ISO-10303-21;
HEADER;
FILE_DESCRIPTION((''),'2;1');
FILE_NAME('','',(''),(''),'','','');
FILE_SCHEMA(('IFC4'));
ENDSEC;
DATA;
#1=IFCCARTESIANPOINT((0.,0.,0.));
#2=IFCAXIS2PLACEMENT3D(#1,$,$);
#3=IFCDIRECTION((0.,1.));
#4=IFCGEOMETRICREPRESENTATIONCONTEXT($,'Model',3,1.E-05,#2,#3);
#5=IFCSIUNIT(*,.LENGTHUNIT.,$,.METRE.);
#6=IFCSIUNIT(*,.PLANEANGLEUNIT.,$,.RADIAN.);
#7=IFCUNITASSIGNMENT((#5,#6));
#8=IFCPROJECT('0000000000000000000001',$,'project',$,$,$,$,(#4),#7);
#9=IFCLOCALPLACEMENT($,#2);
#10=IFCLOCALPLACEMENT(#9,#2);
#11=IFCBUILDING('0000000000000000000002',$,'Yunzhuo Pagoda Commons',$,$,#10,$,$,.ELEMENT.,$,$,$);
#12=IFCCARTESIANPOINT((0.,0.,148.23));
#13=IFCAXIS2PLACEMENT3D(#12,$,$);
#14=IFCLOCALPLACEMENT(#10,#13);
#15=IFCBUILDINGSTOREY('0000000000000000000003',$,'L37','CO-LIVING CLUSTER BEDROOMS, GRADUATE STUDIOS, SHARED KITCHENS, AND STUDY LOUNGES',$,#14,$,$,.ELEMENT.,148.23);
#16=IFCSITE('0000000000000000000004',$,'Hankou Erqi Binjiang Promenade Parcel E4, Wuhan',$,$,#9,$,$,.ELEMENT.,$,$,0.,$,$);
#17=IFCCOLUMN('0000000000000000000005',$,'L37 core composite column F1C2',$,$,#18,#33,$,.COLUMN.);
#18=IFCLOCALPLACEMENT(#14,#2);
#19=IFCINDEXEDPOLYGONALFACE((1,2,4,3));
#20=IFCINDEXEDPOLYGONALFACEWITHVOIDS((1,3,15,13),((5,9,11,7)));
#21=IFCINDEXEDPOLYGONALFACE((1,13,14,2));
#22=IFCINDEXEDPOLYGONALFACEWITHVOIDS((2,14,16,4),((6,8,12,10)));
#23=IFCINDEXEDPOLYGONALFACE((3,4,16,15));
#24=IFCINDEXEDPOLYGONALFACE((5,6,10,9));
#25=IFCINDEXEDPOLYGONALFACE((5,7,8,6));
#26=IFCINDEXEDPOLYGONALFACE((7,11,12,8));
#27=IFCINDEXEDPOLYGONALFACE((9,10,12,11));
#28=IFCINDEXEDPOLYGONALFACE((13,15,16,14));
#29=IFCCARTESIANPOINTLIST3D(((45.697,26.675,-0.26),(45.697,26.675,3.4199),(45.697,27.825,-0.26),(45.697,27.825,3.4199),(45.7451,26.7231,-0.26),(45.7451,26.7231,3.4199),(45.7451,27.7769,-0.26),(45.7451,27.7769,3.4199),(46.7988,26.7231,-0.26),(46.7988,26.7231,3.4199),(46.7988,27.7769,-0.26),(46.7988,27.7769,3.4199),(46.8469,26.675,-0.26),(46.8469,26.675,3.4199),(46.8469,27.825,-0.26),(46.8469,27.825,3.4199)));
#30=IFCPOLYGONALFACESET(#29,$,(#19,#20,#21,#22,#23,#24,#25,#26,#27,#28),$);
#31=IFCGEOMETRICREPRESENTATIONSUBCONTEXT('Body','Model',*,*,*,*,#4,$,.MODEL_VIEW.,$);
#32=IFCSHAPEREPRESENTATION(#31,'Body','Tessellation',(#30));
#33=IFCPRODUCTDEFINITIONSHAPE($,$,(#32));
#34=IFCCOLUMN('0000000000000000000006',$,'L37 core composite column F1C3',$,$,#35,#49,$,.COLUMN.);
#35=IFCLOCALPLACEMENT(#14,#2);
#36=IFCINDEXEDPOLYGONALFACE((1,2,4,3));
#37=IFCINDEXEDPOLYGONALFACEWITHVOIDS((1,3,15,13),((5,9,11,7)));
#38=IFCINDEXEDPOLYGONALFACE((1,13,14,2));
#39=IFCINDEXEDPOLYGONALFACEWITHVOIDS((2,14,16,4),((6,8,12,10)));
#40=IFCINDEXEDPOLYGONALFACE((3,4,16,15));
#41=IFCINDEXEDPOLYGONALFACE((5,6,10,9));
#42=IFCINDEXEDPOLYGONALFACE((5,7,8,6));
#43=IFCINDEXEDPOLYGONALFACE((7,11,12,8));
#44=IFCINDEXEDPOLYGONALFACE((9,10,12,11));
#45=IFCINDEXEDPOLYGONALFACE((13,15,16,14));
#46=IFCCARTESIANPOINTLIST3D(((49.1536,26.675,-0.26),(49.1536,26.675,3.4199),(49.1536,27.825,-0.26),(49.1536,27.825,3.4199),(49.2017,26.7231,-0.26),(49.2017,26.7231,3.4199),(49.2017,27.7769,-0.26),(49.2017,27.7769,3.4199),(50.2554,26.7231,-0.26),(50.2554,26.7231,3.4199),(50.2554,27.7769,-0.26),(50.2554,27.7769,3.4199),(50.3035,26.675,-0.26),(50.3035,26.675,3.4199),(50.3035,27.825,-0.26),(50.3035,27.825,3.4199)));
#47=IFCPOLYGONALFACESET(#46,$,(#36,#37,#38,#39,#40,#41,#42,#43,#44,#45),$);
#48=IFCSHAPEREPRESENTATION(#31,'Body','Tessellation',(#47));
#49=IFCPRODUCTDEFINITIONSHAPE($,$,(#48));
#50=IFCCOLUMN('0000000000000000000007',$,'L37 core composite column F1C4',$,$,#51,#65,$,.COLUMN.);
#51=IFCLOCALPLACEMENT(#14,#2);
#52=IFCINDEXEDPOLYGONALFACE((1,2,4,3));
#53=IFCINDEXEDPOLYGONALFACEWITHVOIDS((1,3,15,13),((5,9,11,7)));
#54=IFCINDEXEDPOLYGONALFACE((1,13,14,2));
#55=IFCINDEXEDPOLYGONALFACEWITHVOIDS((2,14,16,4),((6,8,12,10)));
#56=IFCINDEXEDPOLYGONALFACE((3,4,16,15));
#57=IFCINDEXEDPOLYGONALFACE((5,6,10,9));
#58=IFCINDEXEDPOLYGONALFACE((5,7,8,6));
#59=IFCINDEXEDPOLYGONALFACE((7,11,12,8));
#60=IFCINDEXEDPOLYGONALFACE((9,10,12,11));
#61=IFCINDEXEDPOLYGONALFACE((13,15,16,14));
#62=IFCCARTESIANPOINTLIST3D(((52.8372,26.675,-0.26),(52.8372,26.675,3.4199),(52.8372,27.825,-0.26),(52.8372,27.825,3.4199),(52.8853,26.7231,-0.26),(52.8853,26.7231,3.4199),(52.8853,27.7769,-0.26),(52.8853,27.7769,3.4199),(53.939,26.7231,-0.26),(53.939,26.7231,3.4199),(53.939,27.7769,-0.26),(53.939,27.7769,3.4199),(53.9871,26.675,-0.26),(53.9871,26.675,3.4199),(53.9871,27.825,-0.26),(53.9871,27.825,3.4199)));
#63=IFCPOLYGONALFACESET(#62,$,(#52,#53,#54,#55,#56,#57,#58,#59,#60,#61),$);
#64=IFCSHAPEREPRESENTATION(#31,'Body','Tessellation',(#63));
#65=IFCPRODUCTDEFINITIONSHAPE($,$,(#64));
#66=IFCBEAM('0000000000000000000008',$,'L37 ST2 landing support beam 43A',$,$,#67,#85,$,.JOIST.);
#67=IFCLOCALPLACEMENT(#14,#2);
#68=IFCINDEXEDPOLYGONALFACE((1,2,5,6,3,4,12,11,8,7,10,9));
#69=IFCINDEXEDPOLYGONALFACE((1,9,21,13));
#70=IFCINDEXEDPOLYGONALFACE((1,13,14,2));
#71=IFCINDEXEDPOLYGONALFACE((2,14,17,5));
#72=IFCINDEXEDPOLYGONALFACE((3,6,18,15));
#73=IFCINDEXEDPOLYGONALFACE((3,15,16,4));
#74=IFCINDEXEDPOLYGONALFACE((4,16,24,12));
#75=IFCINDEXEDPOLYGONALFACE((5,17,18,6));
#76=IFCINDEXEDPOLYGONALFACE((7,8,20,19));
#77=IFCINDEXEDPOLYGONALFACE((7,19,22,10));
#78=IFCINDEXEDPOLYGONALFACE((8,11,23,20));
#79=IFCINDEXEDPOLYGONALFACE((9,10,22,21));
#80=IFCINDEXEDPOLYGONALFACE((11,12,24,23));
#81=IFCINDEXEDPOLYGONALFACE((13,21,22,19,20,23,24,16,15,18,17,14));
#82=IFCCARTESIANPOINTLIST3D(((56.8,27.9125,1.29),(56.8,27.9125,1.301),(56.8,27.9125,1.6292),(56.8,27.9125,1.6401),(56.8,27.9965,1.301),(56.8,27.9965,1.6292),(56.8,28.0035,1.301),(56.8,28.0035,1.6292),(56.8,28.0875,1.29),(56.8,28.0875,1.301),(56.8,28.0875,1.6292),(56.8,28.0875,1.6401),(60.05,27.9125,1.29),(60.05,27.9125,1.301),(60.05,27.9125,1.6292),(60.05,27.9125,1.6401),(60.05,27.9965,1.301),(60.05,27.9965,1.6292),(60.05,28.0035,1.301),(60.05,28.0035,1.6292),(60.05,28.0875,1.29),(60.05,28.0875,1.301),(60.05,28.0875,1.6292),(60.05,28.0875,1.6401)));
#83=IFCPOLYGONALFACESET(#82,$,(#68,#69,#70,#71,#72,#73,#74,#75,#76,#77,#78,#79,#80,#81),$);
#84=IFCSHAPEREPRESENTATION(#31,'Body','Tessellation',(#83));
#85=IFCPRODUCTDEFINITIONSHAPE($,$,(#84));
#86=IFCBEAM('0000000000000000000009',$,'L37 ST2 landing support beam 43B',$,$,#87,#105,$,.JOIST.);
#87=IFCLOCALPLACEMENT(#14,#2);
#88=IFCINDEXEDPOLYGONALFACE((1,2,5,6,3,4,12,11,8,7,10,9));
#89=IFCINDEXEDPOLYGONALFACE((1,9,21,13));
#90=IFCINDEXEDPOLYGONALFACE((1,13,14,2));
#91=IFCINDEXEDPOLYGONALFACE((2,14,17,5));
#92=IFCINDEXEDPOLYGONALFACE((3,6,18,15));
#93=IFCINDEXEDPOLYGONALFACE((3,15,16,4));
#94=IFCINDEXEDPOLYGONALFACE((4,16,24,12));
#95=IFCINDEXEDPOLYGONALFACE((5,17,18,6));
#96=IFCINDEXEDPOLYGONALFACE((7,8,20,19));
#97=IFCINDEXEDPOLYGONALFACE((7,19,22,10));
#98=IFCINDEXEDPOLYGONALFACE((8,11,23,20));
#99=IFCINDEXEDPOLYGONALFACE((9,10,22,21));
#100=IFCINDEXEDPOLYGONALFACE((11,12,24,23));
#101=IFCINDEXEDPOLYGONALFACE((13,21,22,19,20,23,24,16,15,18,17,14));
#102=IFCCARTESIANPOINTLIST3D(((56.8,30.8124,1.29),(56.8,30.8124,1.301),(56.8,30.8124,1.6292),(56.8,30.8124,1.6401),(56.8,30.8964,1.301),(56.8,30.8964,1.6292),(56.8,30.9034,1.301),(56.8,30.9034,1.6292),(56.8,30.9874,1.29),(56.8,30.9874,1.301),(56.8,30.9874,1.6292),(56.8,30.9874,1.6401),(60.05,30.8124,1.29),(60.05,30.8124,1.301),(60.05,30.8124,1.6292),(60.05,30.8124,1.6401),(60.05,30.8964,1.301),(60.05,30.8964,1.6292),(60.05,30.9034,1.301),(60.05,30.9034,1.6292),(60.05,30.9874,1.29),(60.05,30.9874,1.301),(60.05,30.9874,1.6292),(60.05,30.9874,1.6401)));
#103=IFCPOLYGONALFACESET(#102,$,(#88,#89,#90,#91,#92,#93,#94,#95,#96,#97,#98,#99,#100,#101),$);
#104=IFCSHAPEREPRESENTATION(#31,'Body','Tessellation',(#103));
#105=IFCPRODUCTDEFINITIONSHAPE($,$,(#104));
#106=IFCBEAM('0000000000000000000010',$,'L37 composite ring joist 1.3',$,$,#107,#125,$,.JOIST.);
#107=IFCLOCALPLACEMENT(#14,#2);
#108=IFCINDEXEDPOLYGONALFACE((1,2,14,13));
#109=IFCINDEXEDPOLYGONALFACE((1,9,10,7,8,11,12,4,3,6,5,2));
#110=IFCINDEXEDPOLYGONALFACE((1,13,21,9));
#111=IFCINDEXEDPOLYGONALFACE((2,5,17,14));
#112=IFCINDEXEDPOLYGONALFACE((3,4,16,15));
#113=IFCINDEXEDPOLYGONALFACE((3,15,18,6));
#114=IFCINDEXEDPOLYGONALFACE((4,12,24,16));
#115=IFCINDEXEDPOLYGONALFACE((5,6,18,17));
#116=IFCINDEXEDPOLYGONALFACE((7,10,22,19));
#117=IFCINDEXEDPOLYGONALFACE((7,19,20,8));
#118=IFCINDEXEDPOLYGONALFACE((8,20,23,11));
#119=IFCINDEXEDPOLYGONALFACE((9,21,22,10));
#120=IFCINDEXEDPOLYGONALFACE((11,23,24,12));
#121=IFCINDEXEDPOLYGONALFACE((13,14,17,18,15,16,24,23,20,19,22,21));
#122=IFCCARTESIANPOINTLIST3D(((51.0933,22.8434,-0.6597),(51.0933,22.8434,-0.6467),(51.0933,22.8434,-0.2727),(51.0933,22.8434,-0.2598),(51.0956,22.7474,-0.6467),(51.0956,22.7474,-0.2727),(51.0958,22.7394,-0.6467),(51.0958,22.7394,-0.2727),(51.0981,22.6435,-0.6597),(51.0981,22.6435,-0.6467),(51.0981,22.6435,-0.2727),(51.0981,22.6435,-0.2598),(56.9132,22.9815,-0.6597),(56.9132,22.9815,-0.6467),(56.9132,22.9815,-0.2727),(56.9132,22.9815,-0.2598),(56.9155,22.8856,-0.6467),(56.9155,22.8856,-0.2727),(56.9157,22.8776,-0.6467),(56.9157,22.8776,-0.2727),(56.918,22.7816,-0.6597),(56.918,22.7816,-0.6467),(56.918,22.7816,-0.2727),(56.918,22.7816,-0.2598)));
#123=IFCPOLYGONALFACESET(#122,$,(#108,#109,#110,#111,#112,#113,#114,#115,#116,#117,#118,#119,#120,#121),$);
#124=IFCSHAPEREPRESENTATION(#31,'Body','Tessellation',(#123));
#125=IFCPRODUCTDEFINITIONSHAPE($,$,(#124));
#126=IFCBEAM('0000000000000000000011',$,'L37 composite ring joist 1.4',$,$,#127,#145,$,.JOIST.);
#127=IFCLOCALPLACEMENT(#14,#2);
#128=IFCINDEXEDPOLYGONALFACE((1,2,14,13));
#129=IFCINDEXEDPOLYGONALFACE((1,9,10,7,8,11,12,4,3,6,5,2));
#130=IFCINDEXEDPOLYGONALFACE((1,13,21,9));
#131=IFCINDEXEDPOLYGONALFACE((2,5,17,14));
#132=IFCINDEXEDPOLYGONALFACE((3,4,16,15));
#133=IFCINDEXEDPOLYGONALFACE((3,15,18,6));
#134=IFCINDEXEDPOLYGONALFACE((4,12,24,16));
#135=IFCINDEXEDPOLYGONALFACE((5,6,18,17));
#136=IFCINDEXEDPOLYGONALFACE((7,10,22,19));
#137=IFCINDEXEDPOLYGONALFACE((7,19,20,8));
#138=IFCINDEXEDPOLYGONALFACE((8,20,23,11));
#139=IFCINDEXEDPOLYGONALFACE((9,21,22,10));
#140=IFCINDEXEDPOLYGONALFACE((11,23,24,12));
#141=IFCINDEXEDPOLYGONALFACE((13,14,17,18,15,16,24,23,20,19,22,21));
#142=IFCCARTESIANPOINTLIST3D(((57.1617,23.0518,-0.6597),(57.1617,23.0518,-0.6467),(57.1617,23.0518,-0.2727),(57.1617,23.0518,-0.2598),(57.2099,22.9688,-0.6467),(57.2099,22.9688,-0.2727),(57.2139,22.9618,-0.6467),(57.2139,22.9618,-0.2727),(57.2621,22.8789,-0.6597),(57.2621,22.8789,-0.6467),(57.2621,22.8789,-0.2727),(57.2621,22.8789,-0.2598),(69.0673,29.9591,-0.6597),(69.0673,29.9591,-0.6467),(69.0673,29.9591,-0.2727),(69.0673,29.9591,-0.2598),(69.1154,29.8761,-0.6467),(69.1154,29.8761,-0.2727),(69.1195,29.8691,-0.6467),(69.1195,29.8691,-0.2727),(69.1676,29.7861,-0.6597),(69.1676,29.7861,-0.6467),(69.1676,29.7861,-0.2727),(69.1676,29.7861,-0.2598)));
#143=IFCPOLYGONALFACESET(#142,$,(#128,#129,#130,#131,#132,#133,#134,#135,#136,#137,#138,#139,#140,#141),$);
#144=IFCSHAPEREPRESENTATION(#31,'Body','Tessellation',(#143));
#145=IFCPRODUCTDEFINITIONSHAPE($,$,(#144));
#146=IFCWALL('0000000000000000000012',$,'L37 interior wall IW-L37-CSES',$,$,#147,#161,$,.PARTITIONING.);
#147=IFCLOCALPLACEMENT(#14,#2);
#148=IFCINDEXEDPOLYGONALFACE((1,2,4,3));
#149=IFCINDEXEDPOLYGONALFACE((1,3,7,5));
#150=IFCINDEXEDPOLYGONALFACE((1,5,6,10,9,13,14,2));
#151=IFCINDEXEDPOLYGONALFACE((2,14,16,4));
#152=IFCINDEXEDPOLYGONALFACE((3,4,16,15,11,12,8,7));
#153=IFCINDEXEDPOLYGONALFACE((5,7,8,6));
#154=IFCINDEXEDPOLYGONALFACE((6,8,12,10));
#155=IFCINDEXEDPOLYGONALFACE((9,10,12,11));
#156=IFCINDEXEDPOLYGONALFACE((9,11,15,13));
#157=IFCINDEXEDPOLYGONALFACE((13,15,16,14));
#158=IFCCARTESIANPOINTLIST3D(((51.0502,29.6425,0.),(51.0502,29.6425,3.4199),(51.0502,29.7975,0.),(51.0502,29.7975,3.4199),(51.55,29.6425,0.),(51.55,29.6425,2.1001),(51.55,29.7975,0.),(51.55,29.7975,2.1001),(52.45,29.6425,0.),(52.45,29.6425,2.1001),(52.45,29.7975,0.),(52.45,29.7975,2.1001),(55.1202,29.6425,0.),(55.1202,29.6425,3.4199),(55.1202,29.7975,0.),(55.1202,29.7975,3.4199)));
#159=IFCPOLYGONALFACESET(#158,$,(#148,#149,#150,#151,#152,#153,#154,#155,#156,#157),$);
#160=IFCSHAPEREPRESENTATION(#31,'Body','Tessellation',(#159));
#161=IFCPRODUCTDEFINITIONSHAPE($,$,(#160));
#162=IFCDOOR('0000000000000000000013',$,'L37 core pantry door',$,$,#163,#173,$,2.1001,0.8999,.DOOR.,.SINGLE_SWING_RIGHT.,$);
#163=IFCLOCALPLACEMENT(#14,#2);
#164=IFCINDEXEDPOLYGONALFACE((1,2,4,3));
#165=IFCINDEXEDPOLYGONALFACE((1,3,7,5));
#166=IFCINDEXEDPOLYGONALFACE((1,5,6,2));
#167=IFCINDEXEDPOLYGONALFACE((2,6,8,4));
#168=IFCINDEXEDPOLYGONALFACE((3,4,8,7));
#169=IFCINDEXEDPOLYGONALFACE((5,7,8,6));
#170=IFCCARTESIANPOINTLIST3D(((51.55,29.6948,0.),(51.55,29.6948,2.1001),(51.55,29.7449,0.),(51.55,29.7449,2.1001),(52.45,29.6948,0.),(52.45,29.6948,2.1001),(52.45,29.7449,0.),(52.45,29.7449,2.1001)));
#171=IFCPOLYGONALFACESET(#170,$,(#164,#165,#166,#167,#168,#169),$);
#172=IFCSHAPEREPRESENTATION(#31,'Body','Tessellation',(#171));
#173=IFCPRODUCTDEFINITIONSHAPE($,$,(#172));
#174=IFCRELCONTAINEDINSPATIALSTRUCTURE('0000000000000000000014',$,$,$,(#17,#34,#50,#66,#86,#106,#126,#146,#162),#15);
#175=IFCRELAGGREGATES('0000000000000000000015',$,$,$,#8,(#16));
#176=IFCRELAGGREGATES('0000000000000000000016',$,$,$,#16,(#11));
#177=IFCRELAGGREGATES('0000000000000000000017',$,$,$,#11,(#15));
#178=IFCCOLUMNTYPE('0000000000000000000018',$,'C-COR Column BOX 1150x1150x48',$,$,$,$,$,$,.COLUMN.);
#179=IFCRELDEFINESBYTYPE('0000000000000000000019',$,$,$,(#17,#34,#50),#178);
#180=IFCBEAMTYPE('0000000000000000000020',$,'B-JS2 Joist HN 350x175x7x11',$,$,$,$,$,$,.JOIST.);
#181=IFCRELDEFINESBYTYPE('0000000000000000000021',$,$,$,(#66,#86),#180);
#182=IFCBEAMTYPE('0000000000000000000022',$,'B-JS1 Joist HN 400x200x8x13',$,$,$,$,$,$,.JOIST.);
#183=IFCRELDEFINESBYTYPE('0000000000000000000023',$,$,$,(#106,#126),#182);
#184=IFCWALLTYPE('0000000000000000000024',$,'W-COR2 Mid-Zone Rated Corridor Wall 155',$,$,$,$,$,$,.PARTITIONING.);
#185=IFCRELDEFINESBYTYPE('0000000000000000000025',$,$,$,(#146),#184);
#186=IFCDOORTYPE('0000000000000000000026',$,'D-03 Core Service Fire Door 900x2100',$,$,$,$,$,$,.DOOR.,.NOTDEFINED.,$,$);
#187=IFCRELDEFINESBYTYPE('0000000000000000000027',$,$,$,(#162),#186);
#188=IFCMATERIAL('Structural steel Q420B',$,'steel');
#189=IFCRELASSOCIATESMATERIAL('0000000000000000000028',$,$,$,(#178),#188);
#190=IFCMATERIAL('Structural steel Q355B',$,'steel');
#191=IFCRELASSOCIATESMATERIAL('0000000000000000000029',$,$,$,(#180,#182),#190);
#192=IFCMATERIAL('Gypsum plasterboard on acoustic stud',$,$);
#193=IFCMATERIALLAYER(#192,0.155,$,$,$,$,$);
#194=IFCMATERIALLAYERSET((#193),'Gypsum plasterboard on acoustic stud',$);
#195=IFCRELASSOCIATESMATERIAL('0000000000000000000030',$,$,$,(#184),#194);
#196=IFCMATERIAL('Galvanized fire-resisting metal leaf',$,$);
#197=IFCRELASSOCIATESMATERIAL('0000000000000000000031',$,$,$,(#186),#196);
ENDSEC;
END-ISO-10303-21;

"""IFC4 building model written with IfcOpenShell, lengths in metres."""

from ifc_helpers import new_model, si_unit, direction, frame, frame_2d, origin, origin_with_axes, origin_2d, place, context, subcontext, project, spatial, rectangle, hollow_rectangle, i_section, extrude, source, transform, mapped, material, layer, layer_set, material_profile, profile_set, type_object, element, fill, save


model = new_model("IFC4")

# Units and contexts
model_context = context("Model", 3, precision=1e-05, world=origin(), true_north=direction((0.0, 1.0)))
body_context = subcontext(model_context, "Body", "Model", "MODEL_VIEW")
ifc_project = project(units=[si_unit("LENGTHUNIT", "METRE"), si_unit("PLANEANGLEUNIT", "RADIAN")], contexts=[model_context])

# Site, building, storey
site_placement = place(None, origin())
site = spatial("IfcSite", under=ifc_project, at=site_placement, Name="Hankou Erqi Binjiang Promenade Parcel E4, Wuhan", CompositionType="ELEMENT", RefElevation=0.0)
building_placement = place(site_placement, origin())
building = spatial("IfcBuilding", under=site, at=building_placement, Name="Yunzhuo Pagoda Commons", CompositionType="ELEMENT")
storey_placement = place(building_placement, frame((0.0, 0.0, 148.23)))
storey = spatial("IfcBuildingStorey", under=building, at=storey_placement, Name="L37", Description="CO-LIVING CLUSTER BEDROOMS, GRADUATE STUDIOS, SHARED KITCHENS, AND STUDY LOUNGES", CompositionType="ELEMENT", Elevation=148.23)

# Columns
ifc_material_1 = material(Name="Structural steel Q420B", Category="steel")
ifc_material_profile_1 = material_profile(ifc_material_1, hollow_rectangle(XDim=1.1499, YDim=1.1499, WallThickness=0.0481, at=origin_2d()), Name="Structural steel Q420B")
ifc_profile_set_1 = profile_set([ifc_material_profile_1], Name="Structural steel Q420B")
column_type = type_object("IfcColumnType", Name="C-COR Column BOX 1150x1150x48", PredefinedType="COLUMN", material=ifc_profile_set_1)
shared_shape_1 = source(origin(), body_context, "Body", "SweptSolid", [
    extrude(hollow_rectangle(XDim=1.1499, YDim=1.1499, WallThickness=0.0481, at=origin_2d()), origin(), (0.0, 0.0, 1.0), 3.6799),
])
for number, where, z_axis, x_axis, name in (
    (1, (46.272, 27.25, -0.26), (0.0, 0.0, 1.0), (1.0, 0.0, 0.0), "L37 core composite column F1C2"),
    (2, (49.7285, 27.25, -0.26), (0.0, 0.0, 1.0), (1.0, 0.0, 0.0), "L37 core composite column F1C3"),
    (3, (53.4121, 27.25, -0.26), (0.0, 0.0, 1.0), (1.0, 0.0, 0.0), "L37 core composite column F1C4"),
):
    element("IfcColumn", number, at=place(storey_placement, frame(where, z_axis=z_axis, x_axis=x_axis)), inside=storey, type_object=column_type, Name=name, PredefinedType="COLUMN", context=body_context, shape_type="MappedRepresentation", body=[
        mapped(shared_shape_1, transform((0.0, 0.0, 0.0), scale=1.0)),
    ])

# Beams
ifc_material_2 = material(Name="Structural steel Q355B", Category="steel")
ifc_material_profile_2 = material_profile(ifc_material_2, i_section(OverallWidth=0.175, OverallDepth=0.3501, WebThickness=0.0071, FlangeThickness=0.011, at=origin_2d()), Name="Structural steel Q355B")
ifc_profile_set_2 = profile_set([ifc_material_profile_2], Name="Structural steel Q355B")
beam_type_1 = type_object("IfcBeamType", Name="B-JS2 Joist HN 350x175x7x11", PredefinedType="JOIST", material=ifc_profile_set_2)
shared_shape_2 = source(origin(), body_context, "Body", "SweptSolid", [
    extrude(i_section(OverallWidth=0.175, OverallDepth=0.3501, WebThickness=0.0071, FlangeThickness=0.011, at=origin_2d()), origin(), (0.0, 0.0, 1.0), 3.25),
])
for number, where, z_axis, x_axis, name in (
    (4, (56.8, 28.0, 1.4651), (1.0, 0.0, 0.0), (0.0, 1.0, 0.0), "L37 ST2 landing support beam 43A"),
    (5, (56.8, 30.8999, 1.4651), (1.0, 0.0, 0.0), (0.0, 1.0, 0.0), "L37 ST2 landing support beam 43B"),
):
    element("IfcBeam", number, at=place(storey_placement, frame(where, z_axis=z_axis, x_axis=x_axis)), inside=storey, type_object=beam_type_1, Name=name, PredefinedType="JOIST", context=body_context, shape_type="MappedRepresentation", body=[
        mapped(shared_shape_2, transform((0.0, 0.0, 0.0), scale=1.0)),
    ])
ifc_material_profile_3 = material_profile(ifc_material_2, i_section(OverallWidth=0.2, OverallDepth=0.3999, WebThickness=0.0081, FlangeThickness=0.0129, at=origin_2d()), Name="Structural steel Q355B")
ifc_profile_set_3 = profile_set([ifc_material_profile_3], Name="Structural steel Q355B")
beam_type_2 = type_object("IfcBeamType", Name="B-JS1 Joist HN 400x200x8x13", PredefinedType="JOIST", material=ifc_profile_set_3)
shared_shape_3 = source(origin(), body_context, "Body", "SweptSolid", [
    extrude(i_section(OverallWidth=0.2, OverallDepth=0.3999, WebThickness=0.0081, FlangeThickness=0.0129, at=origin_2d()), origin(), (0.0, 0.0, 1.0), 5.8215),
])
beam_1_placement = place(storey_placement, frame((51.0957, 22.7434, -0.4597), z_axis=(0.999718, 0.023737, 0.0), x_axis=(-0.023737, 0.999718, 0.0)))
element("IfcBeam", 6, at=beam_1_placement, inside=storey, type_object=beam_type_2, Name="L37 composite ring joist 1.3", PredefinedType="JOIST", context=body_context, shape_type="MappedRepresentation", body=[
    mapped(shared_shape_3, transform((0.0, 0.0, 0.0), scale=1.0)),
])
shared_shape_4 = source(origin(), body_context, "Body", "SweptSolid", [
    extrude(i_section(OverallWidth=0.2, OverallDepth=0.3999, WebThickness=0.0081, FlangeThickness=0.0129, at=origin_2d()), origin(), (0.0, 0.0, 1.0), 13.7642),
])
beam_2_placement = place(storey_placement, frame((57.2119, 22.9653, -0.4597), z_axis=(0.864967, 0.501828, 0.0), x_axis=(-0.501828, 0.864967, 0.0)))
element("IfcBeam", 7, at=beam_2_placement, inside=storey, type_object=beam_type_2, Name="L37 composite ring joist 1.4", PredefinedType="JOIST", context=body_context, shape_type="MappedRepresentation", body=[
    mapped(shared_shape_4, transform((0.0, 0.0, 0.0), scale=1.0)),
])

# Wall, opening, door
ifc_material_3 = material(Name="Gypsum plasterboard on acoustic stud")
ifc_layer_1 = layer(ifc_material_3, 0.155)
ifc_layer_set_1 = layer_set([ifc_layer_1], Name="Gypsum plasterboard on acoustic stud")
wall_type_1 = type_object("IfcWallType", Name="W-COR2 Mid-Zone Rated Corridor Wall 155", PredefinedType="PARTITIONING", material=ifc_layer_set_1)
wall_1_placement = place(storey_placement, frame((51.05, 29.72, 0.0), z_axis=(0.0, 0.0, 1.0), x_axis=(1.0, 0.0, 0.0)))
wall_1 = element("IfcWall", 8, at=wall_1_placement, inside=storey, type_object=wall_type_1, Name="L37 interior wall IW-L37-CSES", PredefinedType="PARTITIONING", context=body_context, shape_type="SweptSolid", body=[
    extrude(rectangle(XDim=4.0701, YDim=0.155, at=frame_2d((2.0352, 0.0))), origin(), (0.0, 0.0, 1.0), 3.4199),
])
opening_1_placement = place(wall_1_placement, frame((0.5, 0.0, 0.0)))
opening_1 = element("IfcOpeningElement", 9, at=opening_1_placement, cuts=wall_1, PredefinedType="OPENING", context=body_context, shape_type="SweptSolid", body=[
    extrude(rectangle(XDim=0.8999, YDim=2.1001, at=frame_2d((0.45, 1.05))), frame((0.0, 0.0874, 0.0), z_axis=(0.0, -1.0, 0.0), x_axis=(1.0, 0.0, 0.0)), (0.0, 0.0, 1.0), 0.175),
])
ifc_material_4 = material(Name="Galvanized fire-resisting metal leaf")
door_type_1 = type_object("IfcDoorType", Name="D-03 Core Service Fire Door 900x2100", OperationType="NOTDEFINED", PredefinedType="DOOR", material=ifc_material_4)
shared_shape_5 = source(origin(), body_context, "Body", "SweptSolid", [
    extrude(rectangle(XDim=0.8999, YDim=2.1001, at=frame_2d((0.45, 1.05))), frame((0.0, 0.0249, 0.0), z_axis=(0.0, -1.0, 0.0), x_axis=(1.0, 0.0, 0.0)), (0.0, 0.0, 1.0), 0.05),
])
door_1_placement = place(opening_1_placement, origin_with_axes())
door_1 = element("IfcDoor", 10, at=door_1_placement, inside=storey, type_object=door_type_1, Name="L37 core pantry door", OperationType="SINGLE_SWING_RIGHT", OverallHeight=2.1001, OverallWidth=0.8999, PredefinedType="DOOR", context=body_context, shape_type="MappedRepresentation", body=[
    mapped(shared_shape_5, transform((0.0, 0.0, 0.0), scale=1.0)),
])
fill(opening_1, door_1)

save(model, "model.ifc")
